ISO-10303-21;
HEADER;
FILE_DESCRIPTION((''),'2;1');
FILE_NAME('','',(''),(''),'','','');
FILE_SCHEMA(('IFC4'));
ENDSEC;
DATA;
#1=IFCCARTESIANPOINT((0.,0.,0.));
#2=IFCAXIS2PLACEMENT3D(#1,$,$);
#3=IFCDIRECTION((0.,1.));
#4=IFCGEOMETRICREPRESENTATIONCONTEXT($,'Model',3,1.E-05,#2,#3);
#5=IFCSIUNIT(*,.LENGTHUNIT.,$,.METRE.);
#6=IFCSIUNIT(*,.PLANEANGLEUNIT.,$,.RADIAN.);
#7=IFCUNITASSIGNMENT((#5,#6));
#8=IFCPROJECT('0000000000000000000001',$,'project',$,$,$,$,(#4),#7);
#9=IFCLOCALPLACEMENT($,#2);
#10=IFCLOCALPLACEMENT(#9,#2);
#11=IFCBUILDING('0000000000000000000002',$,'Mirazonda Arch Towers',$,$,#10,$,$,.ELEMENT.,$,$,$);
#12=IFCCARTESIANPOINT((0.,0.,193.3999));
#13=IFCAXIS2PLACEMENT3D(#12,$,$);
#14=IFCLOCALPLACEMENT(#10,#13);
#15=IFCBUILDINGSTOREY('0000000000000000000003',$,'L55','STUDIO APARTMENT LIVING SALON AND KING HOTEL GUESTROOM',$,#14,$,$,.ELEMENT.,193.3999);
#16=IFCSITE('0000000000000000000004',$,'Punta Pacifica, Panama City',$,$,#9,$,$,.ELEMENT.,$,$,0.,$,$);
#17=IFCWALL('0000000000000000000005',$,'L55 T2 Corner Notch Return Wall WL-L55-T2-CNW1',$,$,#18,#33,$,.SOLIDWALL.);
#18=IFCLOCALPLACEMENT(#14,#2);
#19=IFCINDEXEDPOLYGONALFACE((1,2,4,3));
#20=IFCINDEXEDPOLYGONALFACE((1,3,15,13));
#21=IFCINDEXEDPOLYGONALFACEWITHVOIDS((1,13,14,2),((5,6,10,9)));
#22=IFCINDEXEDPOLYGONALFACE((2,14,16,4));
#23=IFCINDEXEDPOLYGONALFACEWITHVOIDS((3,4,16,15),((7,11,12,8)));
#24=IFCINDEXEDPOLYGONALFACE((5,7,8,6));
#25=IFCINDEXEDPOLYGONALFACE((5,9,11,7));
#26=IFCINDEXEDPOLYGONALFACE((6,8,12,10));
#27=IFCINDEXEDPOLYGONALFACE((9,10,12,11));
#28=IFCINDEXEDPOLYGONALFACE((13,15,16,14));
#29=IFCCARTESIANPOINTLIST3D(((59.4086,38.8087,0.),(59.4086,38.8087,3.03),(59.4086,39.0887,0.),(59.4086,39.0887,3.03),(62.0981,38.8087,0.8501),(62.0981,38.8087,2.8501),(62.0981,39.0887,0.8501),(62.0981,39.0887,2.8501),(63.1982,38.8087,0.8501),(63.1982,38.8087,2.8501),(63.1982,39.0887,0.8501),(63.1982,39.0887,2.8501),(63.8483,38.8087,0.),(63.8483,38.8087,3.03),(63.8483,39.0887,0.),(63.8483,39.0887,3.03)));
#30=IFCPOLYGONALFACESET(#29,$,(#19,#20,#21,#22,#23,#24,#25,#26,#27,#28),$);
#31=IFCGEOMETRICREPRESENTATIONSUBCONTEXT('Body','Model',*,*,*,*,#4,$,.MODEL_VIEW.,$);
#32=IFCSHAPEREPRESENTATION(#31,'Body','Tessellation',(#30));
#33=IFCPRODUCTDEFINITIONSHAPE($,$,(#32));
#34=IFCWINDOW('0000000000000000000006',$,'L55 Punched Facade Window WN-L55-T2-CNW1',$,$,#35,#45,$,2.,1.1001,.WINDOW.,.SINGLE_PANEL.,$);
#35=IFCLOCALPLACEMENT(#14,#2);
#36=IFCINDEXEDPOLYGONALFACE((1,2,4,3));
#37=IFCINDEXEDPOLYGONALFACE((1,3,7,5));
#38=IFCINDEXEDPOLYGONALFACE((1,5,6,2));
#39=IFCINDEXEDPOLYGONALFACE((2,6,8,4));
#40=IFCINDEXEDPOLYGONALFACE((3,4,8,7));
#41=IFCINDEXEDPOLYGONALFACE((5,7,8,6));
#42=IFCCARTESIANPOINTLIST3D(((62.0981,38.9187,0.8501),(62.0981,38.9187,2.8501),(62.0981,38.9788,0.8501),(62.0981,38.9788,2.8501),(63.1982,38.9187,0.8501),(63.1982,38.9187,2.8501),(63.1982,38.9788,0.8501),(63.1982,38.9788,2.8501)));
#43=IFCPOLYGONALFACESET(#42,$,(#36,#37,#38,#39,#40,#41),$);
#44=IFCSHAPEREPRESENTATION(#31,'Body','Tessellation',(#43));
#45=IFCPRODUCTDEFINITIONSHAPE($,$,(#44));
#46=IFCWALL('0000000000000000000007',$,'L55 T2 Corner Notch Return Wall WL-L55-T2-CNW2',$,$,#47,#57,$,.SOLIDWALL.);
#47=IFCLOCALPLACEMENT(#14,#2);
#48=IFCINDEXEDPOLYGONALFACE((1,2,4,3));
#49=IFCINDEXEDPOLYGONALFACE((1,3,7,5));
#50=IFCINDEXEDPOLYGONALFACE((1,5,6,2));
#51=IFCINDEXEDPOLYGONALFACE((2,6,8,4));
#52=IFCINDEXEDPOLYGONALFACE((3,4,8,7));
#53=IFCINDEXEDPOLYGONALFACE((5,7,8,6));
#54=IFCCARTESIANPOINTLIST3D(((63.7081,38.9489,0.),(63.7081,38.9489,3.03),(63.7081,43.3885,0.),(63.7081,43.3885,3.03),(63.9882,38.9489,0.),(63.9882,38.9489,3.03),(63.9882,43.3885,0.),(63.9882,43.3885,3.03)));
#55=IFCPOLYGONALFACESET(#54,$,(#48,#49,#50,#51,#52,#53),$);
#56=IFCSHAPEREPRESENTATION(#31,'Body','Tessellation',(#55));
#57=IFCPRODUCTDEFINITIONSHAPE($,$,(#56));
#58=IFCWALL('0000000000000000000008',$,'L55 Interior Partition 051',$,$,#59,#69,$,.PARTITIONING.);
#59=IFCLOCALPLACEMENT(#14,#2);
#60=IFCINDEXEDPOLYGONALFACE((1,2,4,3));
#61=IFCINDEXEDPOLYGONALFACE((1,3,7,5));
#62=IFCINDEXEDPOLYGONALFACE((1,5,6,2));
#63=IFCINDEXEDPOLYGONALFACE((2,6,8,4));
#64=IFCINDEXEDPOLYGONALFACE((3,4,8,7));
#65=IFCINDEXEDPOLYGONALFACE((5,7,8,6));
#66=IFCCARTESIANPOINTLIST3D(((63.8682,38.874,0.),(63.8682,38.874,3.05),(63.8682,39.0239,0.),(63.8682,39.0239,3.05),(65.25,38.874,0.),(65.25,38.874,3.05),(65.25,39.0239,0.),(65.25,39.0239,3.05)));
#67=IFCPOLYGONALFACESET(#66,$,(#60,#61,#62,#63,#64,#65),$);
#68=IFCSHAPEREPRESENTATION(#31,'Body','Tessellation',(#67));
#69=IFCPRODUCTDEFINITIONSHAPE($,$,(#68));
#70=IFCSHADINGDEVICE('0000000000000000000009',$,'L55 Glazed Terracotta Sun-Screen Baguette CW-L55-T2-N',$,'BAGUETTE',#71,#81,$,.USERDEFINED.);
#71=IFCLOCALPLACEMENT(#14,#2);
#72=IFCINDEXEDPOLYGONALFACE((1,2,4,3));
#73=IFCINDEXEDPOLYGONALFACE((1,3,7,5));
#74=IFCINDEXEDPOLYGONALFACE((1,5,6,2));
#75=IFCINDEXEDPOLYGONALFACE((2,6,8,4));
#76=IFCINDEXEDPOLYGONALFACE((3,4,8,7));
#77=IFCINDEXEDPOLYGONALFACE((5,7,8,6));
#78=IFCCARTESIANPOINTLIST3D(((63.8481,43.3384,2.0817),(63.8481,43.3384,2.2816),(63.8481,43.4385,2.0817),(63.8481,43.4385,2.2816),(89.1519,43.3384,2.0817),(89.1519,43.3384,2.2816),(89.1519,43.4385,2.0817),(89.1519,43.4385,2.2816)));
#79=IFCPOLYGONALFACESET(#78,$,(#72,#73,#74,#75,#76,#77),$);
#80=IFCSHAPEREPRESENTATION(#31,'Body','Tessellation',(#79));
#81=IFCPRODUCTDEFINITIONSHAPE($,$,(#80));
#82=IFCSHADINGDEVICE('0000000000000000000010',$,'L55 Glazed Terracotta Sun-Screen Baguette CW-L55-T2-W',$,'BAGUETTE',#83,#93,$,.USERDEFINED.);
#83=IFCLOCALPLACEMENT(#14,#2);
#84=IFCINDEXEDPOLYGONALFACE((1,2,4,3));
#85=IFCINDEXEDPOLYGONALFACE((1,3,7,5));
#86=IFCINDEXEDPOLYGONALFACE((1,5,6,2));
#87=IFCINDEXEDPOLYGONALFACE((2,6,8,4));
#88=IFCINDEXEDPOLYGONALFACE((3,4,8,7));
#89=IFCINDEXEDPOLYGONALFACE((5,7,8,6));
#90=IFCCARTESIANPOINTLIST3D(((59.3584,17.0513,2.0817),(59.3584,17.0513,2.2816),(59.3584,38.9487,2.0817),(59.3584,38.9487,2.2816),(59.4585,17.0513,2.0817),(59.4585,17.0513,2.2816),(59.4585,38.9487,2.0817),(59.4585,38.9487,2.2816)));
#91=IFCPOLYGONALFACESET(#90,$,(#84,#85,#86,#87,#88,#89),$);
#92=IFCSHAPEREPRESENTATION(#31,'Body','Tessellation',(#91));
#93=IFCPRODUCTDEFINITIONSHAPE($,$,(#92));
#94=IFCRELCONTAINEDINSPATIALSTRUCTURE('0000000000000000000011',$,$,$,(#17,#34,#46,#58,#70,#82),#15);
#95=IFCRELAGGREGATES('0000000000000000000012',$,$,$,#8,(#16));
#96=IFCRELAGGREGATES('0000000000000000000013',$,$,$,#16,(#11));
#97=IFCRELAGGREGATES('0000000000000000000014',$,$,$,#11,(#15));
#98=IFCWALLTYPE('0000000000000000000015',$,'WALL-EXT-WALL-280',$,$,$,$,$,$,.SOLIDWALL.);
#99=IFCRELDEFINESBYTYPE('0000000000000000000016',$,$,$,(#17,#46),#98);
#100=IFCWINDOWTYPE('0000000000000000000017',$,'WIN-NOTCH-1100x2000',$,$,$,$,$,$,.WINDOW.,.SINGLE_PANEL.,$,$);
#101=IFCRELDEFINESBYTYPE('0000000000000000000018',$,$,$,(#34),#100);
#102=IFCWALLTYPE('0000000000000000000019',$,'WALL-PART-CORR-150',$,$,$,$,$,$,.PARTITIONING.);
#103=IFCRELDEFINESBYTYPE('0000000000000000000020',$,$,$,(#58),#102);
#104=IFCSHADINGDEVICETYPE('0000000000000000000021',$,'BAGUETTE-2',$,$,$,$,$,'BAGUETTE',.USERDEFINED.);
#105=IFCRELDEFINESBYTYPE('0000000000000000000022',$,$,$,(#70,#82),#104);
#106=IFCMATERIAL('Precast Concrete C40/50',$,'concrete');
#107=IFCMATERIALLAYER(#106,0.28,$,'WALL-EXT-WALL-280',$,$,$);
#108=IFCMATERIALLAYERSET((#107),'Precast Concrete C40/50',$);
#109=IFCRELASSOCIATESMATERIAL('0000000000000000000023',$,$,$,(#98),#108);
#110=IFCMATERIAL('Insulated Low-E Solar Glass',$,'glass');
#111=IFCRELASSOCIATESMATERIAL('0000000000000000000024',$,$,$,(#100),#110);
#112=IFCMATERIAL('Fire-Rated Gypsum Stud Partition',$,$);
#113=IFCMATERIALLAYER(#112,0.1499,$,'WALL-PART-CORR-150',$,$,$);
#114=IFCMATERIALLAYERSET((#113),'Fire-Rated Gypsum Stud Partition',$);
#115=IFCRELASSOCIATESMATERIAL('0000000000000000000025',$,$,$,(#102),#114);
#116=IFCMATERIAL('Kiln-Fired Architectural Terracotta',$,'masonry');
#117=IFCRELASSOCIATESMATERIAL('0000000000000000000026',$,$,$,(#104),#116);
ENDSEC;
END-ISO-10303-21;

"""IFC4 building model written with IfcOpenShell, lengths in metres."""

from ifc_helpers import new_model, si_unit, direction, frame, frame_2d, origin, origin_2d, place, context, subcontext, project, spatial, rectangle, extrude, material, layer, layer_set, material_profile, profile_set, type_object, element, fill, save


model = new_model("IFC4")

# Units and contexts
model_context = context("Model", 3, precision=1e-05, world=origin(), true_north=direction((0.0, 1.0)))
body_context = subcontext(model_context, "Body", "Model", "MODEL_VIEW")
ifc_project = project(units=[si_unit("LENGTHUNIT", "METRE"), si_unit("PLANEANGLEUNIT", "RADIAN")], contexts=[model_context])

# Site, building, storey
site_placement = place(None, origin())
site = spatial("IfcSite", under=ifc_project, at=site_placement, Name="Punta Pacifica, Panama City", CompositionType="ELEMENT", RefElevation=0.0)
building_placement = place(site_placement, origin())
building = spatial("IfcBuilding", under=site, at=building_placement, Name="Mirazonda Arch Towers", CompositionType="ELEMENT")
storey_placement = place(building_placement, frame((0.0, 0.0, 193.3999)))
storey = spatial("IfcBuildingStorey", under=building, at=storey_placement, Name="L55", Description="STUDIO APARTMENT LIVING SALON AND KING HOTEL GUESTROOM", CompositionType="ELEMENT", Elevation=193.3999)

# Shared definitions
ifc_material_1 = material(Name="Insulated Low-E Solar Glass", Category="glass")

# Wall, opening, window
ifc_material_2 = material(Name="Precast Concrete C40/50", Category="concrete")
ifc_layer_1 = layer(ifc_material_2, 0.28, Name="WALL-EXT-WALL-280")
ifc_layer_set_1 = layer_set([ifc_layer_1], Name="Precast Concrete C40/50")
wall_type_1 = type_object("IfcWallType", Name="WALL-EXT-WALL-280", PredefinedType="SOLIDWALL", material=ifc_layer_set_1)
window_type = type_object("IfcWindowType", Name="WIN-NOTCH-1100x2000", PartitioningType="SINGLE_PANEL", PredefinedType="WINDOW", material=ifc_material_1)
wall_1_placement = place(storey_placement, frame((63.8481, 38.9487, 0.0), z_axis=(0.0, 0.0, 1.0), x_axis=(-1.0, 0.0, 0.0)))
wall_1 = element("IfcWall", 1, at=wall_1_placement, inside=storey, type_object=wall_type_1, Name="L55 T2 Corner Notch Return Wall WL-L55-T2-CNW1", PredefinedType="SOLIDWALL", context=body_context, shape_type="SweptSolid", body=[
    extrude(rectangle(XDim=4.4397, YDim=0.28, at=frame_2d((2.2197, 0.0))), origin(), (0.0, 0.0, 1.0), 3.03),
])
opening_1_placement = place(wall_1_placement, frame((0.6499, 0.0, 0.8501)))
opening_1 = element("IfcOpeningElement", 2, at=opening_1_placement, cuts=wall_1, PredefinedType="OPENING", context=body_context, shape_type="SweptSolid", body=[
    extrude(rectangle(XDim=1.1001, YDim=2.0, at=frame_2d((0.55, 1.0))), frame((0.0, 0.1499, 0.0), z_axis=(0.0, -1.0, 0.0), x_axis=(1.0, 0.0, 0.0)), (0.0, 0.0, 1.0), 0.3),
])
window_1_placement = place(opening_1_placement, origin())
window_1 = element("IfcWindow", 3, at=window_1_placement, inside=storey, type_object=window_type, Name="L55 Punched Facade Window WN-L55-T2-CNW1", OverallHeight=2.0, OverallWidth=1.1001, PartitioningType="SINGLE_PANEL", PredefinedType="WINDOW", context=body_context, shape_type="SweptSolid", body=[
    extrude(rectangle(XDim=1.1001, YDim=2.0, at=frame_2d((0.55, 1.0))), frame((0.0, 0.03, 0.0), z_axis=(0.0, -1.0, 0.0), x_axis=(1.0, 0.0, 0.0)), (0.0, 0.0, 1.0), 0.0601),
])
fill(opening_1, window_1)

# Wall
wall_2_placement = place(storey_placement, frame((63.8481, 43.3884, 0.0), z_axis=(0.0, 0.0, 1.0), x_axis=(0.0, -1.0, 0.0)))
element("IfcWall", 4, at=wall_2_placement, inside=storey, type_object=wall_type_1, Name="L55 T2 Corner Notch Return Wall WL-L55-T2-CNW2", PredefinedType="SOLIDWALL", context=body_context, shape_type="SweptSolid", body=[
    extrude(rectangle(XDim=4.4397, YDim=0.28, at=frame_2d((2.2197, 0.0))), origin(), (0.0, 0.0, 1.0), 3.03),
])

# Shared definitions
ifc_material_3 = material(Name="Fire-Rated Gypsum Stud Partition")
ifc_layer_2 = layer(ifc_material_3, 0.1499, Name="WALL-PART-CORR-150")
ifc_layer_set_2 = layer_set([ifc_layer_2], Name="Fire-Rated Gypsum Stud Partition")
wall_type_2 = type_object("IfcWallType", Name="WALL-PART-CORR-150", PredefinedType="PARTITIONING", material=ifc_layer_set_2)

# Wall
wall_3_placement = place(storey_placement, frame((63.8682, 38.949, 0.0), z_axis=(0.0, 0.0, 1.0), x_axis=(1.0, 0.0, 0.0)))
element("IfcWall", 5, at=wall_3_placement, inside=storey, type_object=wall_type_2, Name="L55 Interior Partition 051", PredefinedType="PARTITIONING", context=body_context, shape_type="SweptSolid", body=[
    extrude(rectangle(XDim=1.3818, YDim=0.1499, at=frame_2d((0.6909, 0.0))), origin(), (0.0, 0.0, 1.0), 3.05),
])

# Shading devices
ifc_material_4 = material(Name="Kiln-Fired Architectural Terracotta", Category="masonry")
ifc_material_profile_1 = material_profile(ifc_material_4, rectangle(XDim=0.1001, YDim=0.2, at=origin_2d()), Name="TERRA-BAG-100x200")
ifc_profile_set_1 = profile_set([ifc_material_profile_1], Name="Kiln-Fired Architectural Terracotta")
shading_device_type = type_object("IfcShadingDeviceType", Name="BAGUETTE-2", ElementType="BAGUETTE", PredefinedType="USERDEFINED", material=ifc_profile_set_1)
shading_device_1_placement = place(storey_placement, frame((63.8481, 43.3884, 2.1816), z_axis=(1.0, 0.0, 0.0), x_axis=(0.0, 1.0, 0.0)))
element("IfcShadingDevice", 6, at=shading_device_1_placement, inside=storey, type_object=shading_device_type, Name="L55 Glazed Terracotta Sun-Screen Baguette CW-L55-T2-N", ObjectType="BAGUETTE", PredefinedType="USERDEFINED", context=body_context, shape_type="SweptSolid", body=[
    extrude(rectangle(XDim=0.1001, YDim=0.2, at=origin_2d()), origin(), (0.0, 0.0, 1.0), 25.3037),
])
shading_device_2_placement = place(storey_placement, frame((59.4084, 38.9487, 2.1816), z_axis=(0.0, -1.0, 0.0), x_axis=(1.0, 0.0, 0.0)))
element("IfcShadingDevice", 7, at=shading_device_2_placement, inside=storey, type_object=shading_device_type, Name="L55 Glazed Terracotta Sun-Screen Baguette CW-L55-T2-W", ObjectType="BAGUETTE", PredefinedType="USERDEFINED", context=body_context, shape_type="SweptSolid", body=[
    extrude(rectangle(XDim=0.1001, YDim=0.2, at=origin_2d()), origin(), (0.0, 0.0, 1.0), 21.8975),
])

save(model, "model.ifc")
